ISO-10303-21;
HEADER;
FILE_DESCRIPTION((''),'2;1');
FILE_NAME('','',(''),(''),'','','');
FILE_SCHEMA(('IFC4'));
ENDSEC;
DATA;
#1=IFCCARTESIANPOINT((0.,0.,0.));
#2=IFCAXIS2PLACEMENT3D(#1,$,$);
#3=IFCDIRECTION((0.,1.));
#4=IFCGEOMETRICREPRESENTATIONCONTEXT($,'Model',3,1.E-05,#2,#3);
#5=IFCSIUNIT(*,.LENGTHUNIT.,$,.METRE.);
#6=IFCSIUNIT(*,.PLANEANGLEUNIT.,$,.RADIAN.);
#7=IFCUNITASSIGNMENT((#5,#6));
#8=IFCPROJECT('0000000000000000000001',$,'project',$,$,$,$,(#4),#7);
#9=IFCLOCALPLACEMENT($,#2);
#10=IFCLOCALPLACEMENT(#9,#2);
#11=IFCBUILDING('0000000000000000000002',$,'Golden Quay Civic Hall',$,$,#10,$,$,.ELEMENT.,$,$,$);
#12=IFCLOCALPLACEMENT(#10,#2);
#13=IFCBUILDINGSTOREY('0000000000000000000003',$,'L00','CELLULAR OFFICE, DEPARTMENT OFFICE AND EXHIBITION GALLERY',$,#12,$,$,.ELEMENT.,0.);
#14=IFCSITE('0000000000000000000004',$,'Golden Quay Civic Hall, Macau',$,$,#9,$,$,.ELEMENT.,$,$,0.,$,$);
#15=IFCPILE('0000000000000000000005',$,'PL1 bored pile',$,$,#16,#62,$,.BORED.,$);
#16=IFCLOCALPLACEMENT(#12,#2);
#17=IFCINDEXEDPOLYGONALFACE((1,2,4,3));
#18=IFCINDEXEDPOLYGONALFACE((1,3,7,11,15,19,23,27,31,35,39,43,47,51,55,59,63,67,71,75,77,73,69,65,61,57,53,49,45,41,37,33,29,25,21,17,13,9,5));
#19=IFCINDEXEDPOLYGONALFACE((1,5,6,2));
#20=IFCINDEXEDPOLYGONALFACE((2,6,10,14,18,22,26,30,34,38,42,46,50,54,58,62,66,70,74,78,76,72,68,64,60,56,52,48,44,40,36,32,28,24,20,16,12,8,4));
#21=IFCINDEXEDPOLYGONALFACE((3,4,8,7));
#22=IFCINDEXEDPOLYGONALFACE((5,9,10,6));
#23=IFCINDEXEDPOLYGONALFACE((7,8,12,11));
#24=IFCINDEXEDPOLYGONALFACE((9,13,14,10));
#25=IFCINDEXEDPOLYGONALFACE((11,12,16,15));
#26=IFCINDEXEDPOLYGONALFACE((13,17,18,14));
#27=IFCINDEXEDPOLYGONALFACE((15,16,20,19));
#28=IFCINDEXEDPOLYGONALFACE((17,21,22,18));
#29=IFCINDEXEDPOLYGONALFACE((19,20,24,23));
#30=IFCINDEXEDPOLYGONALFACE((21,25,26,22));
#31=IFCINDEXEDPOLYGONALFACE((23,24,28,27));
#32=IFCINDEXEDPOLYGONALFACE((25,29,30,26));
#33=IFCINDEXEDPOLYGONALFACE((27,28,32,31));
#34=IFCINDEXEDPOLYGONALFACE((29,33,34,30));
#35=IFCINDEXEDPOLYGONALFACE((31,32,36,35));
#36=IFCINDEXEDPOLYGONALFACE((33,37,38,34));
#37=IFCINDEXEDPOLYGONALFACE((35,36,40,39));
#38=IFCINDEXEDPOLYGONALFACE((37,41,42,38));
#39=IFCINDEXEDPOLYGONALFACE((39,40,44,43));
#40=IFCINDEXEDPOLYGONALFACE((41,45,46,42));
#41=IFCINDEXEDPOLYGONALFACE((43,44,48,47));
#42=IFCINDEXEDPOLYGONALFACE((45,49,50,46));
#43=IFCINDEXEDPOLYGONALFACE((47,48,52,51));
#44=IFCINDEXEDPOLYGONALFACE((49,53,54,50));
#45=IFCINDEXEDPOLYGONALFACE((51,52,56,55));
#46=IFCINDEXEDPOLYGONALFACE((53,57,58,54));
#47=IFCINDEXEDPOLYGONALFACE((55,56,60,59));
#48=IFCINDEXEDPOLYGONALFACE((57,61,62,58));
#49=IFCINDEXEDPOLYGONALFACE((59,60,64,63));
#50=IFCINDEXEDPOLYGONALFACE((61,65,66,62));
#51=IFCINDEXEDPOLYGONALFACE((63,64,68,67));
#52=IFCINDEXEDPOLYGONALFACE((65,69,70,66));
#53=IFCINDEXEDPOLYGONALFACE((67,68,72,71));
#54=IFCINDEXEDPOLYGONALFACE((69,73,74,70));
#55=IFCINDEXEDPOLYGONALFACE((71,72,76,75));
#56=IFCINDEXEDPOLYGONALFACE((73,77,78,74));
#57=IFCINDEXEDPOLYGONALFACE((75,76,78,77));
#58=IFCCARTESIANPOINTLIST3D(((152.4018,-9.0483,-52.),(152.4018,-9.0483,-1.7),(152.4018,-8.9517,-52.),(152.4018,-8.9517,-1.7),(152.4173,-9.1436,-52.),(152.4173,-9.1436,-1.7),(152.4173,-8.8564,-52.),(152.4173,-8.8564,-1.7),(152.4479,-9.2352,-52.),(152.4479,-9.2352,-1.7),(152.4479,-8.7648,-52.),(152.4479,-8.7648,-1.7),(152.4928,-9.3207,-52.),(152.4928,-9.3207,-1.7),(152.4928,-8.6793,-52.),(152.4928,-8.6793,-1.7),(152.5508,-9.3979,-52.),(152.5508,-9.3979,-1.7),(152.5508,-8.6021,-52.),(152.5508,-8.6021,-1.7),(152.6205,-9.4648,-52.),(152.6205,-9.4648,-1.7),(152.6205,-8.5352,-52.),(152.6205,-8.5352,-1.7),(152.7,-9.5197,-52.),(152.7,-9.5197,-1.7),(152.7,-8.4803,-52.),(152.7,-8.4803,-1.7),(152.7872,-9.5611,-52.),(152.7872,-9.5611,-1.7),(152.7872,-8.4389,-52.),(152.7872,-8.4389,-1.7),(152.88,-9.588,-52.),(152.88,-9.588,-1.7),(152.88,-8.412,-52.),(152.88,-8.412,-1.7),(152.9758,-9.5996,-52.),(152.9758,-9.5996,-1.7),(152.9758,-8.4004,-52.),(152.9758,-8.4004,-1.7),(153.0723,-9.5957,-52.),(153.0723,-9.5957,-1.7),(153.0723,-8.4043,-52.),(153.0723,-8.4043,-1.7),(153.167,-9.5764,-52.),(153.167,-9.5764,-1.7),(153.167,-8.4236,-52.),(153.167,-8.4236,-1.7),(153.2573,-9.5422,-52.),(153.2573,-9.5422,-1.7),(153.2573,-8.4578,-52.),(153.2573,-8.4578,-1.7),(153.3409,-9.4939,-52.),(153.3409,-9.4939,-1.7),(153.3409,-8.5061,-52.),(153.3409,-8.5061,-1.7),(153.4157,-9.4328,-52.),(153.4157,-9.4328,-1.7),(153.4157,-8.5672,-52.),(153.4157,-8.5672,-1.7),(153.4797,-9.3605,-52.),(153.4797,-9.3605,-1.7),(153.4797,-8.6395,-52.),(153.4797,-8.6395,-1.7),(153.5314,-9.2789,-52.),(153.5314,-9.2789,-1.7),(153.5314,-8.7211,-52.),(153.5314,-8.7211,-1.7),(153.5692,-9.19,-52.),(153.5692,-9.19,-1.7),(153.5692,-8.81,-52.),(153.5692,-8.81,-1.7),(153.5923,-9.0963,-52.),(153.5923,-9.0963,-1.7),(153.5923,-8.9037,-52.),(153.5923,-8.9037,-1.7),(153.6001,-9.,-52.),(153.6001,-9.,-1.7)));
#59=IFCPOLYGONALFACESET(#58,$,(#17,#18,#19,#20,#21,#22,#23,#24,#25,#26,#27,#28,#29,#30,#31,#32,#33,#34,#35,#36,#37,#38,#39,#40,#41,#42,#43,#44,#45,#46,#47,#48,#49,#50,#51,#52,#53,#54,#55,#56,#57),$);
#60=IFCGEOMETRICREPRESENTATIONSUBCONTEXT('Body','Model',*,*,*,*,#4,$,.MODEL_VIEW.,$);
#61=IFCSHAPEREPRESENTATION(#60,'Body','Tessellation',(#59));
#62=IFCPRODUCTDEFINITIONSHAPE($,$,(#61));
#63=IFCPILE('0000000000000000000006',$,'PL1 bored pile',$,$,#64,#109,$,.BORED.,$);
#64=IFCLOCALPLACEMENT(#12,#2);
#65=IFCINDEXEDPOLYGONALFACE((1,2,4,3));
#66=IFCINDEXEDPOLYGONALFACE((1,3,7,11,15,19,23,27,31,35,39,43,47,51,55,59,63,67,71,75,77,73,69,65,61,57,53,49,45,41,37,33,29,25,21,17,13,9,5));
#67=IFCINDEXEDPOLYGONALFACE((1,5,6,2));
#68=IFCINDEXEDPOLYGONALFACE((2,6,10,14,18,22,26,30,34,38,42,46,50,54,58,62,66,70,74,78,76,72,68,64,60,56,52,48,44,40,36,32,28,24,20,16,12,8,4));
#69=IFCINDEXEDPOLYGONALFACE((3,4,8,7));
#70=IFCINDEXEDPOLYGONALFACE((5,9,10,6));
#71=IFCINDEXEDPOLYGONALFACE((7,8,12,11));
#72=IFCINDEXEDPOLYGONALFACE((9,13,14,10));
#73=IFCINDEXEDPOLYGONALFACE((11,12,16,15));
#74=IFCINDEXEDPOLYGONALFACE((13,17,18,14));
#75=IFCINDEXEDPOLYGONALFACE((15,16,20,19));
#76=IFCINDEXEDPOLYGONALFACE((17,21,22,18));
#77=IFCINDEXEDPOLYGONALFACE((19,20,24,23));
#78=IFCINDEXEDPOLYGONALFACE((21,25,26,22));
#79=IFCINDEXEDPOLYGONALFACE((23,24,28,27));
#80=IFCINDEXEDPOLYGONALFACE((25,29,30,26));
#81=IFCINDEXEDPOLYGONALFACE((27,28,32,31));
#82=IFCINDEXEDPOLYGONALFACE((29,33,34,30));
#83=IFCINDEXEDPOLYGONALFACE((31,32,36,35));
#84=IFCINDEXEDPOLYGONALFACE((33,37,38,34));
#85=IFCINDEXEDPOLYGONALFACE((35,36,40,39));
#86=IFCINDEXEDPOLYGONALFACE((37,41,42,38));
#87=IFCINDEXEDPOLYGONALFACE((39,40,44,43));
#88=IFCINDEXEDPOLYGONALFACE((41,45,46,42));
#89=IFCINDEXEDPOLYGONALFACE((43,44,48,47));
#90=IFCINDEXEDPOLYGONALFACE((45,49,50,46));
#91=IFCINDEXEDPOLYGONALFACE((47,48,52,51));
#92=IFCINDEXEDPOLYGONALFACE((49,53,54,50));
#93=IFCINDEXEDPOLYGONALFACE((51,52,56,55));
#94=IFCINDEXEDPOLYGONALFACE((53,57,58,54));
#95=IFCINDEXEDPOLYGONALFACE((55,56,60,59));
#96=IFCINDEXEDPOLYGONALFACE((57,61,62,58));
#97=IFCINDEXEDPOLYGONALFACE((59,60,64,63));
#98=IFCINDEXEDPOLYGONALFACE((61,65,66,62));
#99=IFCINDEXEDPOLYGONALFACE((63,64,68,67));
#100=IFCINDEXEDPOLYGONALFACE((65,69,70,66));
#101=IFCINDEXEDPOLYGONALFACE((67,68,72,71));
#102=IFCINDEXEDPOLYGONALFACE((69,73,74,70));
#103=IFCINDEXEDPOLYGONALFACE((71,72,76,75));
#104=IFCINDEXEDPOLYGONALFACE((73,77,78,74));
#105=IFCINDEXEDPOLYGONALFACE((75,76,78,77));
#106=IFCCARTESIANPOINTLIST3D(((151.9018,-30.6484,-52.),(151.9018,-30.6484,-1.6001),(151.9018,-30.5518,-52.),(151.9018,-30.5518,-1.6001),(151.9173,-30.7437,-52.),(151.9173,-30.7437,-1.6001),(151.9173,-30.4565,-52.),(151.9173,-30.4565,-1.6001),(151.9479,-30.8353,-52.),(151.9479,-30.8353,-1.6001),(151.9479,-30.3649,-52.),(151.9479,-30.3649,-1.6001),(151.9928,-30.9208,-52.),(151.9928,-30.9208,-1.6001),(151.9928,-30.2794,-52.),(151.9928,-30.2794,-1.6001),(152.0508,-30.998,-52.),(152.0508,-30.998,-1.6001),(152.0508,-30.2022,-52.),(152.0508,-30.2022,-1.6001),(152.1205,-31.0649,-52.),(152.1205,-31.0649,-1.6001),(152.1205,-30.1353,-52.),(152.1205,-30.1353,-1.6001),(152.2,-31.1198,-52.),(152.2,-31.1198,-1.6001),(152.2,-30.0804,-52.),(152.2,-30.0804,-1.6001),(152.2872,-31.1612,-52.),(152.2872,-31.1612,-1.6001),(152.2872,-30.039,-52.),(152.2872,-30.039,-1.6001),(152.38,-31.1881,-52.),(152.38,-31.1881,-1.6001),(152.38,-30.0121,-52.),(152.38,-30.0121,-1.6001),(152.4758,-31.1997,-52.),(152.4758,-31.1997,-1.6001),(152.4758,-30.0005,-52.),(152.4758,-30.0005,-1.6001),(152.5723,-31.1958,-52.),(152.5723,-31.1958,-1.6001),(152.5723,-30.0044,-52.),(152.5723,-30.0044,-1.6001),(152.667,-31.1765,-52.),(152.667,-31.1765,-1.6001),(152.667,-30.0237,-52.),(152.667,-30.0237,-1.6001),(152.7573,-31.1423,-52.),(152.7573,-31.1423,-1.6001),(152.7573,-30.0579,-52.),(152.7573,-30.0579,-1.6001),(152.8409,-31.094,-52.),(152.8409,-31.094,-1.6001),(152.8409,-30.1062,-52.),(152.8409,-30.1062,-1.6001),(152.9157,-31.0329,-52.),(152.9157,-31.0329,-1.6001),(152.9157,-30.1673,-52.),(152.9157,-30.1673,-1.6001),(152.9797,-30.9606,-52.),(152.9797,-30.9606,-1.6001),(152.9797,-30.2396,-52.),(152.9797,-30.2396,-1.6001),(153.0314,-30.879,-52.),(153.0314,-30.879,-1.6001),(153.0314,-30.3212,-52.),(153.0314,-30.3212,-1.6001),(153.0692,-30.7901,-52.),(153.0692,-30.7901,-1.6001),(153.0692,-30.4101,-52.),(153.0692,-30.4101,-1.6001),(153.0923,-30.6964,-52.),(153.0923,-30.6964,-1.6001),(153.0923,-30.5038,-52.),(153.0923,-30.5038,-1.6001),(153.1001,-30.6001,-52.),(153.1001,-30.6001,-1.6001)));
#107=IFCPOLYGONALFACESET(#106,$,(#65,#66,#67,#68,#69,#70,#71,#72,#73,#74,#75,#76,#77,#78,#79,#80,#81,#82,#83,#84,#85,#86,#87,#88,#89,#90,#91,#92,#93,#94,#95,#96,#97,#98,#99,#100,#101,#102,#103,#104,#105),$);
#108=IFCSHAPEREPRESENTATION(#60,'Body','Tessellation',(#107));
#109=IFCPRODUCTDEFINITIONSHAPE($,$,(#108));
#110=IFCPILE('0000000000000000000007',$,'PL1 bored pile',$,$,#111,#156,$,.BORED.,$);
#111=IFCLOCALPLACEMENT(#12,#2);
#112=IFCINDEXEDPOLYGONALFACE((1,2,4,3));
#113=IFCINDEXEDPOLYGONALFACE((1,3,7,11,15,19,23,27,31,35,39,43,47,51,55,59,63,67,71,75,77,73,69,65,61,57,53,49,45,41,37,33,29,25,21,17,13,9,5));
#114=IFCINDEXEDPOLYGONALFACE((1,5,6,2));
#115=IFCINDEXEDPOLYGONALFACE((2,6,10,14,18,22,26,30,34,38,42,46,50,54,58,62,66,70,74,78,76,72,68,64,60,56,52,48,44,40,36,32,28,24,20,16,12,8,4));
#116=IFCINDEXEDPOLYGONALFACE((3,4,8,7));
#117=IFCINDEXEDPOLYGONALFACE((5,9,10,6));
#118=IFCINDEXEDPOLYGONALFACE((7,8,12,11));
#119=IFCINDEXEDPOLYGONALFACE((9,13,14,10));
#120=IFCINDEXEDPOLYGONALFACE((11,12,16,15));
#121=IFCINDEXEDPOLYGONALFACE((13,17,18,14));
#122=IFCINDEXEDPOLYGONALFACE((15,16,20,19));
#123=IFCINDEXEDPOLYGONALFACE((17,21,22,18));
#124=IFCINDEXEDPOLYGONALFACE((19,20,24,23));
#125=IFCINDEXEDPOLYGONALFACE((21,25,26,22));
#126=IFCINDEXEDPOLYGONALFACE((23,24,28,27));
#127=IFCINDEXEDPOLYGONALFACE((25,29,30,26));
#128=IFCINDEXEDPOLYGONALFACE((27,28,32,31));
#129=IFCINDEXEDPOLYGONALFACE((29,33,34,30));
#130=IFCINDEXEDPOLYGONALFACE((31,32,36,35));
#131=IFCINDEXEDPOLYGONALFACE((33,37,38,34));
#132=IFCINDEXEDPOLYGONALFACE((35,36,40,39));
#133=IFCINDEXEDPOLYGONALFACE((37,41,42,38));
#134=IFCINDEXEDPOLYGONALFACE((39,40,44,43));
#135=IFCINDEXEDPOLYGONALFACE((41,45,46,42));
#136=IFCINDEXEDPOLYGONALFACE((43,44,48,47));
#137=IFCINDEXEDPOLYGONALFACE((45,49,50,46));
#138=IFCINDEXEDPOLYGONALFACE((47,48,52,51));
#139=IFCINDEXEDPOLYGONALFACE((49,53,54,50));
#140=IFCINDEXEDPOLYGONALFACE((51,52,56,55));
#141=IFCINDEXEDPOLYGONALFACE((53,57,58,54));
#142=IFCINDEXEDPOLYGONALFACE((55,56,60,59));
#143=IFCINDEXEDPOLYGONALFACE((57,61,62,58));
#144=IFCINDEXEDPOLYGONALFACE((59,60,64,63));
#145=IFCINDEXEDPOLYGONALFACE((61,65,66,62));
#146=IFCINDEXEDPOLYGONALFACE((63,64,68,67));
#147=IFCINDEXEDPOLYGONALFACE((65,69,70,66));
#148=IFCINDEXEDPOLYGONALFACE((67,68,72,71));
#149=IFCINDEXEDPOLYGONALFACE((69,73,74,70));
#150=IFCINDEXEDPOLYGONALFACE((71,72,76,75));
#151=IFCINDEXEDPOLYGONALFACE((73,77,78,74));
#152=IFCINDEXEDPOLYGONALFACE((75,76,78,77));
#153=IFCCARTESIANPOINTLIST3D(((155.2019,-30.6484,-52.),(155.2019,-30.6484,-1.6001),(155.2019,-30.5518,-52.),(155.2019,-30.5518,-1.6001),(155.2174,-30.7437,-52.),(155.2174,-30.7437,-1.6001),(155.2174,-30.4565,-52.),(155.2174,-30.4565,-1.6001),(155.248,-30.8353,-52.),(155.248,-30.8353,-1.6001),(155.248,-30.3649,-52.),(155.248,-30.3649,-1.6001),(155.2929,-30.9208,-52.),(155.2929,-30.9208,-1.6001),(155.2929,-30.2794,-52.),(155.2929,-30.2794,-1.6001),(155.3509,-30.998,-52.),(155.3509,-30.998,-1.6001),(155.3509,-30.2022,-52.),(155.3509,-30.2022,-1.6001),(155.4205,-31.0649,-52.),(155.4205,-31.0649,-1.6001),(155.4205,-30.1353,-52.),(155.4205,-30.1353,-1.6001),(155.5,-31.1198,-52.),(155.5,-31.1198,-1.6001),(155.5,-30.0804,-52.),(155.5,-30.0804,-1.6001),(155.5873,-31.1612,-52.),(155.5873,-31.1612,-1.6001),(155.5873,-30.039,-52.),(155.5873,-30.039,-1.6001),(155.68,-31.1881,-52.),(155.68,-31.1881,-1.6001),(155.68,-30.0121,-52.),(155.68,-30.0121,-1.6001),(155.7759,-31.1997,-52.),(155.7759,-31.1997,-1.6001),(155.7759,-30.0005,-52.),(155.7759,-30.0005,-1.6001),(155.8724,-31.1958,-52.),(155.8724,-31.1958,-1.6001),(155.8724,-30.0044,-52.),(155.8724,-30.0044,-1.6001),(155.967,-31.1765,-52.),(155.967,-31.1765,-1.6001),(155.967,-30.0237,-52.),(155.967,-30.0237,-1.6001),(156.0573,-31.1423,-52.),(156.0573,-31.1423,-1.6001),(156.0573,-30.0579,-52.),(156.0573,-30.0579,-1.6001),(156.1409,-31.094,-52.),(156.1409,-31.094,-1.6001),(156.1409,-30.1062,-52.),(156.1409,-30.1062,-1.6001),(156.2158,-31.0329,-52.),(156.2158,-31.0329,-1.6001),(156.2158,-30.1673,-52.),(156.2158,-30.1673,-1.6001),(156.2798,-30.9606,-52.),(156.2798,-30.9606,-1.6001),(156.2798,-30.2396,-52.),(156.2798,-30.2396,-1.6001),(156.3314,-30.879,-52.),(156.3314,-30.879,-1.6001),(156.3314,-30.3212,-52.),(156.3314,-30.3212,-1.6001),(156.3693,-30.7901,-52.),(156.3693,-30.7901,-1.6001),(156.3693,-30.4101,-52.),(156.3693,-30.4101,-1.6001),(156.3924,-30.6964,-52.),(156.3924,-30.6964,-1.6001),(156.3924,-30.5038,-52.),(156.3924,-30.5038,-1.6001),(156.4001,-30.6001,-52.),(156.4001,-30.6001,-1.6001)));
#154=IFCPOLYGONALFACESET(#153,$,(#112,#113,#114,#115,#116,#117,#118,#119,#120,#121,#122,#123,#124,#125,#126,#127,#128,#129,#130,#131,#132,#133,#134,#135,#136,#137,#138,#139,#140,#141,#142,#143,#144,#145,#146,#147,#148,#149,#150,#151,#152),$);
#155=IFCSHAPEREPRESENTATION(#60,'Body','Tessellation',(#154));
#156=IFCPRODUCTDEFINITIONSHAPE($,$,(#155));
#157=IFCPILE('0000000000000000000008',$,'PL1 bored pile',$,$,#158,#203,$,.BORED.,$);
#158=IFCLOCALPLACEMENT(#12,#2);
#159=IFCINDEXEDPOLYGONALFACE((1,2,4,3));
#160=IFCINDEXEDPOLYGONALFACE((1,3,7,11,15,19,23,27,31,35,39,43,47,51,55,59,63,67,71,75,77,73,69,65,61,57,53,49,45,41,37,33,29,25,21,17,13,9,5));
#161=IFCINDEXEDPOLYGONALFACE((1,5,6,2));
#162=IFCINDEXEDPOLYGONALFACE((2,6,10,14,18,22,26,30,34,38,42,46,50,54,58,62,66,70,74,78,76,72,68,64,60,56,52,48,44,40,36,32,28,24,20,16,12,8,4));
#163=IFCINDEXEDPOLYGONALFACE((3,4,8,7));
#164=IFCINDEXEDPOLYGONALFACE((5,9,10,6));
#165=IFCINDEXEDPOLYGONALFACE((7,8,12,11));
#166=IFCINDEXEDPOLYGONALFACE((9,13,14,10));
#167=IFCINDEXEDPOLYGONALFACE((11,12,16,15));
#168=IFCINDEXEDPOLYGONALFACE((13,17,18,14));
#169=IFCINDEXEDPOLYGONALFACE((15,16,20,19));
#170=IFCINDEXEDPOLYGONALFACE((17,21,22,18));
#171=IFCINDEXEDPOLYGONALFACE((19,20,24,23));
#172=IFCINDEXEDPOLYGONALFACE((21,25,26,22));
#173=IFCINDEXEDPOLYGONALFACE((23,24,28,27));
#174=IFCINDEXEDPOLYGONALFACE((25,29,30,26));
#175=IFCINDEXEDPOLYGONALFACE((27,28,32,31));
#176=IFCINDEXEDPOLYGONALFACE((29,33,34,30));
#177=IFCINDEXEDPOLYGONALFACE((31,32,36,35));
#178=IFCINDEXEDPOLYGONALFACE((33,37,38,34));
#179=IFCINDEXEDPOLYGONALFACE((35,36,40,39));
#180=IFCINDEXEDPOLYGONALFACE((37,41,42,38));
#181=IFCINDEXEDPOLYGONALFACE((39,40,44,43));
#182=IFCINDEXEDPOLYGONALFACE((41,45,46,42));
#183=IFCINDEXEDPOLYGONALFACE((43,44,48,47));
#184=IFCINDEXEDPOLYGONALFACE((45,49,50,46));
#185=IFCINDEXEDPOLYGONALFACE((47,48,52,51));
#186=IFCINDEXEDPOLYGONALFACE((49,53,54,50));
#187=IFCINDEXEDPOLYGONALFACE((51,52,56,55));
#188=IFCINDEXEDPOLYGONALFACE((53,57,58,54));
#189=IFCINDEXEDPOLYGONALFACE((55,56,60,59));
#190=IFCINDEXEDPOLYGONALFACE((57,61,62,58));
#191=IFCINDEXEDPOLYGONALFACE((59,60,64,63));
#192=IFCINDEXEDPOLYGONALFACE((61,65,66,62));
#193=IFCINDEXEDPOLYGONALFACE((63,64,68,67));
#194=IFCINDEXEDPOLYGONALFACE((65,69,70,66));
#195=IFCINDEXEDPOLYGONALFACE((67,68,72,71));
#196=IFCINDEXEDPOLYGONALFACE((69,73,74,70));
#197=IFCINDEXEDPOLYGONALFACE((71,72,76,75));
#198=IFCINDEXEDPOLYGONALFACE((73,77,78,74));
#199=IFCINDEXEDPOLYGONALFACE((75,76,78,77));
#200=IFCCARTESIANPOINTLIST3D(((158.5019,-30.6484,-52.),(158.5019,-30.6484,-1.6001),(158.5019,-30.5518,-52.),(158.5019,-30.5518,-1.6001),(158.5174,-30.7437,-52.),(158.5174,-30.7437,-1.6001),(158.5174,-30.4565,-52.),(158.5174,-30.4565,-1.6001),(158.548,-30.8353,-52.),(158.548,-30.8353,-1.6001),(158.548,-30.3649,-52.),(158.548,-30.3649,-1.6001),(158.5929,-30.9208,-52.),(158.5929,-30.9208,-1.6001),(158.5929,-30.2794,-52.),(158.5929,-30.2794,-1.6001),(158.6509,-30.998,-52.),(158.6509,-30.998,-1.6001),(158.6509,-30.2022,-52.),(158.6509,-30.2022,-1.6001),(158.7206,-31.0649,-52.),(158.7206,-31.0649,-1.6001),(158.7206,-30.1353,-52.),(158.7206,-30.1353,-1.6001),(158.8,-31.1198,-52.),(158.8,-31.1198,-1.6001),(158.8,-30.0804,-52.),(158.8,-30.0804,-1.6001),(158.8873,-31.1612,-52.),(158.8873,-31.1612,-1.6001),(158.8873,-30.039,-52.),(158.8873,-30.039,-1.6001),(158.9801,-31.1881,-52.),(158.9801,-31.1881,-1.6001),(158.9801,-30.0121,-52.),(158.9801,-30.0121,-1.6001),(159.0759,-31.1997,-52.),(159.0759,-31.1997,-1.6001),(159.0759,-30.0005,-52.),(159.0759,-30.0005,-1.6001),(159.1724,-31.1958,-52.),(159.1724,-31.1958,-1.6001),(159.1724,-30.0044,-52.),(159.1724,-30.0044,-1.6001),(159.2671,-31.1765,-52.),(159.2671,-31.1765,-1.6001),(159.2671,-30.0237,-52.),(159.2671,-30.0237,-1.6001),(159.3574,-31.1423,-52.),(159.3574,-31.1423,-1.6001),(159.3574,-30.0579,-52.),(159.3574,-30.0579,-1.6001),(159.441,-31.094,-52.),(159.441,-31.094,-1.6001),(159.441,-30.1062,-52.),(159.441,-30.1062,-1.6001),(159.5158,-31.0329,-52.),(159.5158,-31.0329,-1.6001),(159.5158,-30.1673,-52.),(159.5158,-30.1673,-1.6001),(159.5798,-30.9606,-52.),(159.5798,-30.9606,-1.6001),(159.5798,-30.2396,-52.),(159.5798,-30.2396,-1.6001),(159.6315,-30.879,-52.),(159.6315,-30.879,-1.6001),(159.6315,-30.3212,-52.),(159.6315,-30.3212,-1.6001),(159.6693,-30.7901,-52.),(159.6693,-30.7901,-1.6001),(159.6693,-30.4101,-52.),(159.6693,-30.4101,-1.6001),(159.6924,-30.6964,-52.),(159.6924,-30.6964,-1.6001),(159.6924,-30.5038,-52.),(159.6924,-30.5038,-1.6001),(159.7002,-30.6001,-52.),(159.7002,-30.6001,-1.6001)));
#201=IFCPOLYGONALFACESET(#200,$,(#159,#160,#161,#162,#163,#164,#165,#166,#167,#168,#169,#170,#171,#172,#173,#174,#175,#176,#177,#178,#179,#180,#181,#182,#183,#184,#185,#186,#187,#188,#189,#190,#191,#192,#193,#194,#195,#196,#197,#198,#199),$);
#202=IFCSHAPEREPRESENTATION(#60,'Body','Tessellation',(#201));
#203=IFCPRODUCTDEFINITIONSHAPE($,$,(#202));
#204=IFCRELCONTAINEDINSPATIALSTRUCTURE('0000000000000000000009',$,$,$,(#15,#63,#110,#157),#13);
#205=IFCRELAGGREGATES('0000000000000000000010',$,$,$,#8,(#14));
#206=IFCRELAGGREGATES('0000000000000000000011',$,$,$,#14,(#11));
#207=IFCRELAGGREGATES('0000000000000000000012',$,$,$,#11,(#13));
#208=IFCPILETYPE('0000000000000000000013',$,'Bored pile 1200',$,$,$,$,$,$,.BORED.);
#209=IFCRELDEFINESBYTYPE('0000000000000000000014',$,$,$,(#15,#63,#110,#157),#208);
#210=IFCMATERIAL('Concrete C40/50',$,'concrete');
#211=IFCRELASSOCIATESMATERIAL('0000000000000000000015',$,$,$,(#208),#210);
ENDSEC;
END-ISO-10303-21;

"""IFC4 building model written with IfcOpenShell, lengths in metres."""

from ifc_helpers import new_model, si_unit, direction, frame, origin, origin_2d, place, context, subcontext, project, spatial, circle, extrude, material, material_profile, profile_set, type_object, element, save


model = new_model("IFC4")

# Units and contexts
model_context = context("Model", 3, precision=1e-05, world=origin(), true_north=direction((0.0, 1.0)))
body_context = subcontext(model_context, "Body", "Model", "MODEL_VIEW")
ifc_project = project(units=[si_unit("LENGTHUNIT", "METRE"), si_unit("PLANEANGLEUNIT", "RADIAN")], contexts=[model_context])

# Site, building, storey
site_placement = place(None, origin())
site = spatial("IfcSite", under=ifc_project, at=site_placement, Name="Golden Quay Civic Hall, Macau", CompositionType="ELEMENT", RefElevation=0.0)
building_placement = place(site_placement, origin())
building = spatial("IfcBuilding", under=site, at=building_placement, Name="Golden Quay Civic Hall", CompositionType="ELEMENT")
storey_placement = place(building_placement, origin())
storey = spatial("IfcBuildingStorey", under=building, at=storey_placement, Name="L00", Description="CELLULAR OFFICE, DEPARTMENT OFFICE AND EXHIBITION GALLERY", CompositionType="ELEMENT", Elevation=0.0)

# Piles
ifc_material_1 = material(Name="Concrete C40/50", Category="concrete")
ifc_material_profile_1 = material_profile(ifc_material_1, circle(Radius=0.6001, at=origin_2d()), Name="RC D1200")
ifc_profile_set_1 = profile_set([ifc_material_profile_1], Name="Concrete C40/50")
pile_type = type_object("IfcPileType", Name="Bored pile 1200", PredefinedType="BORED", material=ifc_profile_set_1)
pile_placement = place(storey_placement, frame((153.0, -9.0, -1.7), z_axis=(0.0, 0.0, -1.0), x_axis=(1.0, 0.0, 0.0)))
element("IfcPile", 1, at=pile_placement, inside=storey, type_object=pile_type, Name="PL1 bored pile", PredefinedType="BORED", context=body_context, shape_type="SweptSolid", body=[
    extrude(circle(Radius=0.6001, at=origin_2d()), origin(), (0.0, 0.0, 1.0), 50.3),
])
for number, where, z_axis, x_axis, name in (
    (2, (152.5, -30.6001, -1.6001), (0.0, 0.0, -1.0), (1.0, 0.0, 0.0), "PL1 bored pile"),
    (3, (155.8, -30.6001, -1.6001), (0.0, 0.0, -1.0), (1.0, 0.0, 0.0), "PL1 bored pile"),
    (4, (159.1001, -30.6001, -1.6001), (0.0, 0.0, -1.0), (1.0, 0.0, 0.0), "PL1 bored pile"),
):
    element("IfcPile", number, at=place(storey_placement, frame(where, z_axis=z_axis, x_axis=x_axis)), inside=storey, type_object=pile_type, Name=name, PredefinedType="BORED", context=body_context, shape_type="SweptSolid", body=[
        extrude(circle(Radius=0.6001, at=origin_2d()), origin(), (0.0, 0.0, 1.0), 50.3999),
    ])

save(model, "model.ifc")
